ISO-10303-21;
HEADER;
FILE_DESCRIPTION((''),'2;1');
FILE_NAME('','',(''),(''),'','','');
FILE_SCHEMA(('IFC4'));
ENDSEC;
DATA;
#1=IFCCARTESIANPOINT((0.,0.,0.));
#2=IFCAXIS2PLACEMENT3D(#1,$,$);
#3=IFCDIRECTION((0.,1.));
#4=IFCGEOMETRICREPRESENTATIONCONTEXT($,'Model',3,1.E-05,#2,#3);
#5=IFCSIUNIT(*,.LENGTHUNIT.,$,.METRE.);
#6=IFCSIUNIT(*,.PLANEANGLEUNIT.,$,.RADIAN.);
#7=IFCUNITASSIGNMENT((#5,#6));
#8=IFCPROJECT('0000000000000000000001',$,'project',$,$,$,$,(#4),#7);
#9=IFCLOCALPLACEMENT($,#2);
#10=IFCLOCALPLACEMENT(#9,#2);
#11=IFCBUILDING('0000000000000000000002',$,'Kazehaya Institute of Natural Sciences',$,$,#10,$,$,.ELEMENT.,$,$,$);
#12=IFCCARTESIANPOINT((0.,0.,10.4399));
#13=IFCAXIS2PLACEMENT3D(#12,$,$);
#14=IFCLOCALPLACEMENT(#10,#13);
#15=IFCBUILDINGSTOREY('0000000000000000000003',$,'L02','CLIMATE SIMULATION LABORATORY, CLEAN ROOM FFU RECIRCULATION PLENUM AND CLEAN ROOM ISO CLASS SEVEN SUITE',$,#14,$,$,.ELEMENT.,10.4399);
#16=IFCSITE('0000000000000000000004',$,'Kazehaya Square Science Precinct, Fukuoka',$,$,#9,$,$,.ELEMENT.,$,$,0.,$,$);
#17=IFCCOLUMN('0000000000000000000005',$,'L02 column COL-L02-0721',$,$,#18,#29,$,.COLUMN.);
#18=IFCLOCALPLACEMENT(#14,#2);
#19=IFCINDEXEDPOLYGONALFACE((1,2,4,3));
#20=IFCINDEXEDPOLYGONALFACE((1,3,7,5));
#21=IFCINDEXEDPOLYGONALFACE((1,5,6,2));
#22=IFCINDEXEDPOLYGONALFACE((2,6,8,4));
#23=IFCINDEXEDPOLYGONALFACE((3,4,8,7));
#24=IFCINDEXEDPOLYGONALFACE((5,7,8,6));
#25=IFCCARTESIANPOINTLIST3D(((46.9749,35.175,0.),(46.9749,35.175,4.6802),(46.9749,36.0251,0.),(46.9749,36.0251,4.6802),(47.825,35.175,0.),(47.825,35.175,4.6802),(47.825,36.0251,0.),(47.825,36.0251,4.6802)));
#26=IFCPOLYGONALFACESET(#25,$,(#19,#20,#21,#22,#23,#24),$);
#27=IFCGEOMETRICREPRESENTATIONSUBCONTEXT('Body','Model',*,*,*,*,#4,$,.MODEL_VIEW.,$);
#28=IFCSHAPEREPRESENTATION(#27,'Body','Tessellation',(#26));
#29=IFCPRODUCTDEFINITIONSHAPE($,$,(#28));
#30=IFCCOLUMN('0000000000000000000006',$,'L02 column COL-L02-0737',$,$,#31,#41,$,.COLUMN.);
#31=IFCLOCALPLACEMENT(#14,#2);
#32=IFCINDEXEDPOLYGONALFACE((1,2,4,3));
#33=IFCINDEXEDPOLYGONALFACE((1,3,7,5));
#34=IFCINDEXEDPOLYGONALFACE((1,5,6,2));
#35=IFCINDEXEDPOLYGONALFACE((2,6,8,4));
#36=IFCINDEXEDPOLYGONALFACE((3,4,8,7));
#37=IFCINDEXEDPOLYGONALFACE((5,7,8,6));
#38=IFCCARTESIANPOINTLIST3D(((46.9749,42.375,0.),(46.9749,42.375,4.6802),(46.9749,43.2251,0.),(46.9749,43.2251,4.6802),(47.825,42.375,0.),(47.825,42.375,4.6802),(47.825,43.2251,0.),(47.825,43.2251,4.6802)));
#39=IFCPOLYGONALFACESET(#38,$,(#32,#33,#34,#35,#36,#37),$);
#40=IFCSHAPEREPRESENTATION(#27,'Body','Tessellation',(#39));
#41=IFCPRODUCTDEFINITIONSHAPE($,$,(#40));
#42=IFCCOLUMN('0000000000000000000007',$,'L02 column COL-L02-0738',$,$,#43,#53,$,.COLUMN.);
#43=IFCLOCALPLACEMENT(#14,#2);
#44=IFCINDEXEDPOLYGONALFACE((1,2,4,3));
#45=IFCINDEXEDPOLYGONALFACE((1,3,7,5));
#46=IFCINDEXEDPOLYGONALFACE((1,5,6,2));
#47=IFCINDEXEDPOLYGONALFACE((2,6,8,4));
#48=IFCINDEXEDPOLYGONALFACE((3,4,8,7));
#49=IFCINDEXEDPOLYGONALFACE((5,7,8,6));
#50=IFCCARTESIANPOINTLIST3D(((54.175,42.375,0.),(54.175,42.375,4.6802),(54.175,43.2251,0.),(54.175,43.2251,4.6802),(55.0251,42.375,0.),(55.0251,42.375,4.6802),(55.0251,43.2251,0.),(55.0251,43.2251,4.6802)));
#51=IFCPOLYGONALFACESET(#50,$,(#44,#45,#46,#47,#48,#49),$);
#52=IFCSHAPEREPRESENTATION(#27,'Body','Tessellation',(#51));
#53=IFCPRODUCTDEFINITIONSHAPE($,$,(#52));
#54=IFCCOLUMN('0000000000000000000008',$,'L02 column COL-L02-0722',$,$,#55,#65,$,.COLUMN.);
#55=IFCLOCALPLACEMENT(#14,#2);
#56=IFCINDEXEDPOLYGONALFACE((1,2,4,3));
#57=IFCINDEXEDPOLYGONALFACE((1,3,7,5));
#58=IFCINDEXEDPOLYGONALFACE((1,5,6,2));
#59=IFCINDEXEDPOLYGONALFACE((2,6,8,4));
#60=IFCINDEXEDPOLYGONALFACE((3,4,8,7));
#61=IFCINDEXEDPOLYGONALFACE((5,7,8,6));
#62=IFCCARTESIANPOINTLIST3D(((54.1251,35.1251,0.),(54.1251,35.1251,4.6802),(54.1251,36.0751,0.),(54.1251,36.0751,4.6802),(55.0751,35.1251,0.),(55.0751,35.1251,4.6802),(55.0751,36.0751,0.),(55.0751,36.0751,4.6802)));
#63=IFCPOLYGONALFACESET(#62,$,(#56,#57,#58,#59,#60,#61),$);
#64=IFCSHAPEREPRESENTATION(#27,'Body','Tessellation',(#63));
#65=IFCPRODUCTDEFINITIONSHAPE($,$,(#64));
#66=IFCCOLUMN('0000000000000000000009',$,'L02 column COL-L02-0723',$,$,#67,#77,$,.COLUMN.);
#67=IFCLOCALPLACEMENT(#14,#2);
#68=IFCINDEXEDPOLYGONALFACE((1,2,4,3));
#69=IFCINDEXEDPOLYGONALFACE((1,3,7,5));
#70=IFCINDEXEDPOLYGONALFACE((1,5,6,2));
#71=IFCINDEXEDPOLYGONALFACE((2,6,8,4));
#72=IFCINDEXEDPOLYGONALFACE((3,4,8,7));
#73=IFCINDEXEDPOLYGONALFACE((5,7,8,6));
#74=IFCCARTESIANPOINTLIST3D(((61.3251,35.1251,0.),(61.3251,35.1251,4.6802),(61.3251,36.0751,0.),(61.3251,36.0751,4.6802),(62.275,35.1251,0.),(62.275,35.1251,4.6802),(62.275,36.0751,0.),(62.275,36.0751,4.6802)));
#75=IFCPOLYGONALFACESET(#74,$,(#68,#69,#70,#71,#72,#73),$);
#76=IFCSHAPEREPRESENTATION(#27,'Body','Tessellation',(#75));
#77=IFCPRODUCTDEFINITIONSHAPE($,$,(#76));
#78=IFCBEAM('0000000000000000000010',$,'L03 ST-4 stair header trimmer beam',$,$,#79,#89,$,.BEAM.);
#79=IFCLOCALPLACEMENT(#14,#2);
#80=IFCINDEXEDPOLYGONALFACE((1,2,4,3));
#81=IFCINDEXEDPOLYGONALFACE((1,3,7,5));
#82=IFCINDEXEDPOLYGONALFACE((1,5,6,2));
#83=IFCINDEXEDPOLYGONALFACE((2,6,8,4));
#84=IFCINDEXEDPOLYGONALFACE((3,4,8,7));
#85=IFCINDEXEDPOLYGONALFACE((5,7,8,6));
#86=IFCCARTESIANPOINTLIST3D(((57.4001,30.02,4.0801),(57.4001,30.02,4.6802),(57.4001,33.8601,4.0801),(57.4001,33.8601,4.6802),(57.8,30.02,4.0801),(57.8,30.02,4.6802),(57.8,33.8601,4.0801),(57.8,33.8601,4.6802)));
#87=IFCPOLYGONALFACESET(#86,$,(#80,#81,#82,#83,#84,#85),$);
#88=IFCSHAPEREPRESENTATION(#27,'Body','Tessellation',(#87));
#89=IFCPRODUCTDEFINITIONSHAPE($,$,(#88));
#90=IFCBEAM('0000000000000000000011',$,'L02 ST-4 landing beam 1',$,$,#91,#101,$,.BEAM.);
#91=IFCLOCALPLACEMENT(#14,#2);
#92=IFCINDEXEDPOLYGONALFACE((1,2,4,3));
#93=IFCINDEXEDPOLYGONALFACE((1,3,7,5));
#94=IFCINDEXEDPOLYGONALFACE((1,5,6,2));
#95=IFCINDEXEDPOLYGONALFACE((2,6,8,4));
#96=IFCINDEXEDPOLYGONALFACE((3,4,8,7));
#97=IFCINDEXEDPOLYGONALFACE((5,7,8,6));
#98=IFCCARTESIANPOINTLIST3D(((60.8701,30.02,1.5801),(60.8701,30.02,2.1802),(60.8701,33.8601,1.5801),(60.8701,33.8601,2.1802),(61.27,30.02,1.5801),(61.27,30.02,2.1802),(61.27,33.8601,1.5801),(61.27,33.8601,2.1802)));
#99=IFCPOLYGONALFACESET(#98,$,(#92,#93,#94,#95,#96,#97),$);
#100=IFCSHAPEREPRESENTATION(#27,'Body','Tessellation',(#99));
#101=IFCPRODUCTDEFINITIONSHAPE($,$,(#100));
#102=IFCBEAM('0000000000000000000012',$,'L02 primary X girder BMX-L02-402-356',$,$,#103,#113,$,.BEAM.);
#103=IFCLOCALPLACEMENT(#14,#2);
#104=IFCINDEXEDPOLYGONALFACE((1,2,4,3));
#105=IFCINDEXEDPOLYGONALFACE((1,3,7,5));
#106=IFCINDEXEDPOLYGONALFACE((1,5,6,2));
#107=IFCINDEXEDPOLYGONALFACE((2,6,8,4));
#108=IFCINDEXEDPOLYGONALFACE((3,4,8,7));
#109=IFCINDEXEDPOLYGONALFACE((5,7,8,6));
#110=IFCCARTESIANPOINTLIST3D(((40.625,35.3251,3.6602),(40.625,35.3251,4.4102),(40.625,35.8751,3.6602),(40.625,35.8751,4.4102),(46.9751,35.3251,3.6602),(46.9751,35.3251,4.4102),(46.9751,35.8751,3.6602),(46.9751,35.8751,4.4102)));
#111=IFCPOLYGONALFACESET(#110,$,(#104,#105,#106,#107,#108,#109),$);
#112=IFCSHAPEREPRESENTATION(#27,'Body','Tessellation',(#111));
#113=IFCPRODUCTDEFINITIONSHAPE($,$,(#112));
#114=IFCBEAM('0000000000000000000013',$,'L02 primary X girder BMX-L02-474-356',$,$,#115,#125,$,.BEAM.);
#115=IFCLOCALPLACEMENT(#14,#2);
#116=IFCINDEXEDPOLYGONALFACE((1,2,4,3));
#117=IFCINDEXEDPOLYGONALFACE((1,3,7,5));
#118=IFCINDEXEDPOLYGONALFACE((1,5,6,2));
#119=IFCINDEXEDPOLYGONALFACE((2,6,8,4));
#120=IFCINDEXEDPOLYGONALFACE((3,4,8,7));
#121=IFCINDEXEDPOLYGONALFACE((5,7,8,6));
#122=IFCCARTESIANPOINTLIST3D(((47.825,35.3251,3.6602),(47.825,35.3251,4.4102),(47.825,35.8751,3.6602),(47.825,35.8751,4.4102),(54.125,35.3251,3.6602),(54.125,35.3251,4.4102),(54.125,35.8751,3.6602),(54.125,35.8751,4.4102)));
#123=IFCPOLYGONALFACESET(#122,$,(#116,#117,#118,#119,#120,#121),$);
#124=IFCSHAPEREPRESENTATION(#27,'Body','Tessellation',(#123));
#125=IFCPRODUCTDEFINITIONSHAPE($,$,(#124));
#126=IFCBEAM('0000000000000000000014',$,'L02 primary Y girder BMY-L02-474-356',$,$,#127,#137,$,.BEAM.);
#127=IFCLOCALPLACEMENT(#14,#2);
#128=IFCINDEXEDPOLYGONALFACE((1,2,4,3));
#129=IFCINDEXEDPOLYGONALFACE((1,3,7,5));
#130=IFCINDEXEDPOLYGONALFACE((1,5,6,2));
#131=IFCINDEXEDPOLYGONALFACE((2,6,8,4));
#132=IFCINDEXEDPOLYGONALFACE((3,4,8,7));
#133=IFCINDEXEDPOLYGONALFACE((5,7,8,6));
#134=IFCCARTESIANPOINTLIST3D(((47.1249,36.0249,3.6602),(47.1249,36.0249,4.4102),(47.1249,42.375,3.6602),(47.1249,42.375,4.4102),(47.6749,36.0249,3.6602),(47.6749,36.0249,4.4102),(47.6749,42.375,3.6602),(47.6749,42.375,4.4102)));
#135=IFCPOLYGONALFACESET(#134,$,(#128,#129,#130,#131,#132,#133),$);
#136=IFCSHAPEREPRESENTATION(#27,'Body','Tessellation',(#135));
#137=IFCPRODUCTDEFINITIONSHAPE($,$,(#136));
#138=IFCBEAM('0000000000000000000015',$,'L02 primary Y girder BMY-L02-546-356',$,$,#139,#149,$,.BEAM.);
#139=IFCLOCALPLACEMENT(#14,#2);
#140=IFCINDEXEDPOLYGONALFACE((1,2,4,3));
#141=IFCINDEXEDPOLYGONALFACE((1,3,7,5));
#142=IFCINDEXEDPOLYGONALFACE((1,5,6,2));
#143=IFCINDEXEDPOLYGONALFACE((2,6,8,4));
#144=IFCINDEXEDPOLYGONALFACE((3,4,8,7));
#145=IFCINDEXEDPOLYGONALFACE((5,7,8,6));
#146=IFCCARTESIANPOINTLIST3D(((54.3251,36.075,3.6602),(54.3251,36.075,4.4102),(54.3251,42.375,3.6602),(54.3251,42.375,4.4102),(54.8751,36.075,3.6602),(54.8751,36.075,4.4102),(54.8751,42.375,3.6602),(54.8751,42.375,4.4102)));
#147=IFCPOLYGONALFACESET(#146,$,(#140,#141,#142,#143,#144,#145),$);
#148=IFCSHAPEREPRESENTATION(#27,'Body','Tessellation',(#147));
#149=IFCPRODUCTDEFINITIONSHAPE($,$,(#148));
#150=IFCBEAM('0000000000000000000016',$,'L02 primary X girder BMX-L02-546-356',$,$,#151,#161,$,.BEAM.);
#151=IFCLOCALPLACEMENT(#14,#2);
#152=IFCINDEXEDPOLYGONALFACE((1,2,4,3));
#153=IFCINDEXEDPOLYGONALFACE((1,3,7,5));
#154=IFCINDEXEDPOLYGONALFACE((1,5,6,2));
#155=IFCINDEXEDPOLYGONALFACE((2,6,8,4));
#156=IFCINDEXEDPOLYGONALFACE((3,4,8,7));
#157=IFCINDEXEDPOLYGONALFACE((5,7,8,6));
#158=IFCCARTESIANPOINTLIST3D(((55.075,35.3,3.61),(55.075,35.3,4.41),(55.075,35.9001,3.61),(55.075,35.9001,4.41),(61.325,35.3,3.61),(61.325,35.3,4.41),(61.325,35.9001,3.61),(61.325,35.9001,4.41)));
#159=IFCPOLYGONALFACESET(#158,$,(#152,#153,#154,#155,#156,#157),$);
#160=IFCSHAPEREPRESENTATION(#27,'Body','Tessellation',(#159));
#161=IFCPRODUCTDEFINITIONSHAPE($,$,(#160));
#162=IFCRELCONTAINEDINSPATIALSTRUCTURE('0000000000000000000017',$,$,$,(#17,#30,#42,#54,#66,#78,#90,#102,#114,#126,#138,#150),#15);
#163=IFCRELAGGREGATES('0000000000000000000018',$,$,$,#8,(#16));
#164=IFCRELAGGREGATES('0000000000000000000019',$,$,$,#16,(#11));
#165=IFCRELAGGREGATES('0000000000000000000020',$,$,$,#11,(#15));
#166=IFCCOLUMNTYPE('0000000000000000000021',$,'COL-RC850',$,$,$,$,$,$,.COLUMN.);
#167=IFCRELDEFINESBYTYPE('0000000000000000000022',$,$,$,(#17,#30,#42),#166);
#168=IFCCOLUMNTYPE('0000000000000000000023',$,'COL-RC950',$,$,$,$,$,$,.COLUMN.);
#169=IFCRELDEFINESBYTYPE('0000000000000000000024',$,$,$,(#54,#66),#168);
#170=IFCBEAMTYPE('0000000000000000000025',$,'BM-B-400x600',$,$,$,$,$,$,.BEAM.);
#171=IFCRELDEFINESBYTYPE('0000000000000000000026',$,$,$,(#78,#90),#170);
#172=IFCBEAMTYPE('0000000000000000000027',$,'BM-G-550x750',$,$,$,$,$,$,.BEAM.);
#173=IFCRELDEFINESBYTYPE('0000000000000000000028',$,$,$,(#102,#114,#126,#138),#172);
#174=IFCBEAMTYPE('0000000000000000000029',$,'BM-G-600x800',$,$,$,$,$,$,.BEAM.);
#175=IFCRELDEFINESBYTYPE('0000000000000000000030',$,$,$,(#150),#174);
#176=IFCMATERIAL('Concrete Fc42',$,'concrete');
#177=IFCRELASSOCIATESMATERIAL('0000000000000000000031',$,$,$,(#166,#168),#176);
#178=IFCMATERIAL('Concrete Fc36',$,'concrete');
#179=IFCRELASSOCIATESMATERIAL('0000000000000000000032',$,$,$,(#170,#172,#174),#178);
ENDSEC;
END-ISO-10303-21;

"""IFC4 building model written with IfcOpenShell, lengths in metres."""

from ifc_helpers import new_model, si_unit, direction, frame, origin, origin_2d, place, context, subcontext, project, spatial, rectangle, extrude, material, material_profile, profile_set, type_object, element, save


model = new_model("IFC4")

# Units and contexts
model_context = context("Model", 3, precision=1e-05, world=origin(), true_north=direction((0.0, 1.0)))
body_context = subcontext(model_context, "Body", "Model", "MODEL_VIEW")
ifc_project = project(units=[si_unit("LENGTHUNIT", "METRE"), si_unit("PLANEANGLEUNIT", "RADIAN")], contexts=[model_context])

# Site, building, storey
site_placement = place(None, origin())
site = spatial("IfcSite", under=ifc_project, at=site_placement, Name="Kazehaya Square Science Precinct, Fukuoka", CompositionType="ELEMENT", RefElevation=0.0)
building_placement = place(site_placement, origin())
building = spatial("IfcBuilding", under=site, at=building_placement, Name="Kazehaya Institute of Natural Sciences", CompositionType="ELEMENT")
storey_placement = place(building_placement, frame((0.0, 0.0, 10.4399)))
storey = spatial("IfcBuildingStorey", under=building, at=storey_placement, Name="L02", Description="CLIMATE SIMULATION LABORATORY, CLEAN ROOM FFU RECIRCULATION PLENUM AND CLEAN ROOM ISO CLASS SEVEN SUITE", CompositionType="ELEMENT", Elevation=10.4399)

# Columns
ifc_material_1 = material(Name="Concrete Fc42", Category="concrete")
ifc_material_profile_1 = material_profile(ifc_material_1, rectangle(XDim=0.8501, YDim=0.8501, at=origin_2d()), Name="RC-850x850")
ifc_profile_set_1 = profile_set([ifc_material_profile_1], Name="Concrete Fc42")
column_type_1 = type_object("IfcColumnType", Name="COL-RC850", PredefinedType="COLUMN", material=ifc_profile_set_1)
for number, where, z_axis, x_axis, name in (
    (1, (47.3999, 35.6001, 0.0), (0.0, 0.0, 1.0), (1.0, 0.0, 0.0), "L02 column COL-L02-0721"),
    (2, (47.3999, 42.8, 0.0), (0.0, 0.0, 1.0), (1.0, 0.0, 0.0), "L02 column COL-L02-0737"),
    (3, (54.6001, 42.8, 0.0), (0.0, 0.0, 1.0), (1.0, 0.0, 0.0), "L02 column COL-L02-0738"),
):
    element("IfcColumn", number, at=place(storey_placement, frame(where, z_axis=z_axis, x_axis=x_axis)), inside=storey, type_object=column_type_1, Name=name, PredefinedType="COLUMN", context=body_context, shape_type="SweptSolid", body=[
        extrude(rectangle(XDim=0.8501, YDim=0.8501, at=origin_2d()), origin(), (0.0, 0.0, 1.0), 4.6802),
    ])
ifc_material_profile_2 = material_profile(ifc_material_1, rectangle(XDim=0.95, YDim=0.95, at=origin_2d()), Name="RC-950x950")
ifc_profile_set_2 = profile_set([ifc_material_profile_2], Name="Concrete Fc42")
column_type_2 = type_object("IfcColumnType", Name="COL-RC950", PredefinedType="COLUMN", material=ifc_profile_set_2)
for number, where, z_axis, x_axis, name in (
    (4, (54.6001, 35.6001, 0.0), (0.0, 0.0, 1.0), (1.0, 0.0, 0.0), "L02 column COL-L02-0722"),
    (5, (61.8, 35.6001, 0.0), (0.0, 0.0, 1.0), (1.0, 0.0, 0.0), "L02 column COL-L02-0723"),
):
    element("IfcColumn", number, at=place(storey_placement, frame(where, z_axis=z_axis, x_axis=x_axis)), inside=storey, type_object=column_type_2, Name=name, PredefinedType="COLUMN", context=body_context, shape_type="SweptSolid", body=[
        extrude(rectangle(XDim=0.95, YDim=0.95, at=origin_2d()), origin(), (0.0, 0.0, 1.0), 4.6802),
    ])

# Beams
ifc_material_2 = material(Name="Concrete Fc36", Category="concrete")
ifc_material_profile_3 = material_profile(ifc_material_2, rectangle(XDim=0.3999, YDim=0.6001, at=origin_2d()), Name="RC-400x600")
ifc_profile_set_3 = profile_set([ifc_material_profile_3], Name="Concrete Fc36")
beam_type_1 = type_object("IfcBeamType", Name="BM-B-400x600", PredefinedType="BEAM", material=ifc_profile_set_3)
for number, where, z_axis, x_axis, name in (
    (6, (57.6001, 30.02, 4.3801), (0.0, 1.0, 0.0), (-1.0, 0.0, 0.0), "L03 ST-4 stair header trimmer beam"),
    (7, (61.0701, 30.02, 1.8801), (0.0, 1.0, 0.0), (-1.0, 0.0, 0.0), "L02 ST-4 landing beam 1"),
):
    element("IfcBeam", number, at=place(storey_placement, frame(where, z_axis=z_axis, x_axis=x_axis)), inside=storey, type_object=beam_type_1, Name=name, PredefinedType="BEAM", context=body_context, shape_type="SweptSolid", body=[
        extrude(rectangle(XDim=0.3999, YDim=0.6001, at=origin_2d()), origin(), (0.0, 0.0, 1.0), 3.8401),
    ])
ifc_material_profile_4 = material_profile(ifc_material_2, rectangle(XDim=0.55, YDim=0.75, at=origin_2d()), Name="RC-550x750")
ifc_profile_set_4 = profile_set([ifc_material_profile_4], Name="Concrete Fc36")
beam_type_2 = type_object("IfcBeamType", Name="BM-G-550x750", PredefinedType="BEAM", material=ifc_profile_set_4)
beam_1_placement = place(storey_placement, frame((40.625, 35.6001, 4.0352), z_axis=(1.0, 0.0, 0.0), x_axis=(0.0, 1.0, 0.0)))
element("IfcBeam", 8, at=beam_1_placement, inside=storey, type_object=beam_type_2, Name="L02 primary X girder BMX-L02-402-356", PredefinedType="BEAM", context=body_context, shape_type="SweptSolid", body=[
    extrude(rectangle(XDim=0.55, YDim=0.75, at=origin_2d()), origin(), (0.0, 0.0, 1.0), 6.3501),
])
beam_2_placement = place(storey_placement, frame((47.825, 35.6001, 4.0352), z_axis=(1.0, 0.0, 0.0), x_axis=(0.0, 1.0, 0.0)))
element("IfcBeam", 9, at=beam_2_placement, inside=storey, type_object=beam_type_2, Name="L02 primary X girder BMX-L02-474-356", PredefinedType="BEAM", context=body_context, shape_type="SweptSolid", body=[
    extrude(rectangle(XDim=0.55, YDim=0.75, at=origin_2d()), origin(), (0.0, 0.0, 1.0), 6.3),
])
beam_3_placement = place(storey_placement, frame((47.3999, 36.0249, 4.0352), z_axis=(0.0, 1.0, 0.0), x_axis=(-1.0, 0.0, 0.0)))
element("IfcBeam", 10, at=beam_3_placement, inside=storey, type_object=beam_type_2, Name="L02 primary Y girder BMY-L02-474-356", PredefinedType="BEAM", context=body_context, shape_type="SweptSolid", body=[
    extrude(rectangle(XDim=0.55, YDim=0.75, at=origin_2d()), origin(), (0.0, 0.0, 1.0), 6.3501),
])
beam_4_placement = place(storey_placement, frame((54.6001, 36.075, 4.0352), z_axis=(0.0, 1.0, 0.0), x_axis=(-1.0, 0.0, 0.0)))
element("IfcBeam", 11, at=beam_4_placement, inside=storey, type_object=beam_type_2, Name="L02 primary Y girder BMY-L02-546-356", PredefinedType="BEAM", context=body_context, shape_type="SweptSolid", body=[
    extrude(rectangle(XDim=0.55, YDim=0.75, at=origin_2d()), origin(), (0.0, 0.0, 1.0), 6.3),
])
ifc_material_profile_5 = material_profile(ifc_material_2, rectangle(XDim=0.6001, YDim=0.8, at=origin_2d()), Name="RC-600x800")
ifc_profile_set_5 = profile_set([ifc_material_profile_5], Name="Concrete Fc36")
beam_type_3 = type_object("IfcBeamType", Name="BM-G-600x800", PredefinedType="BEAM", material=ifc_profile_set_5)
beam_5_placement = place(storey_placement, frame((55.075, 35.6001, 4.01), z_axis=(1.0, 0.0, 0.0), x_axis=(0.0, 1.0, 0.0)))
element("IfcBeam", 12, at=beam_5_placement, inside=storey, type_object=beam_type_3, Name="L02 primary X girder BMX-L02-546-356", PredefinedType="BEAM", context=body_context, shape_type="SweptSolid", body=[
    extrude(rectangle(XDim=0.6001, YDim=0.8, at=origin_2d()), origin(), (0.0, 0.0, 1.0), 6.25),
])

save(model, "model.ifc")
